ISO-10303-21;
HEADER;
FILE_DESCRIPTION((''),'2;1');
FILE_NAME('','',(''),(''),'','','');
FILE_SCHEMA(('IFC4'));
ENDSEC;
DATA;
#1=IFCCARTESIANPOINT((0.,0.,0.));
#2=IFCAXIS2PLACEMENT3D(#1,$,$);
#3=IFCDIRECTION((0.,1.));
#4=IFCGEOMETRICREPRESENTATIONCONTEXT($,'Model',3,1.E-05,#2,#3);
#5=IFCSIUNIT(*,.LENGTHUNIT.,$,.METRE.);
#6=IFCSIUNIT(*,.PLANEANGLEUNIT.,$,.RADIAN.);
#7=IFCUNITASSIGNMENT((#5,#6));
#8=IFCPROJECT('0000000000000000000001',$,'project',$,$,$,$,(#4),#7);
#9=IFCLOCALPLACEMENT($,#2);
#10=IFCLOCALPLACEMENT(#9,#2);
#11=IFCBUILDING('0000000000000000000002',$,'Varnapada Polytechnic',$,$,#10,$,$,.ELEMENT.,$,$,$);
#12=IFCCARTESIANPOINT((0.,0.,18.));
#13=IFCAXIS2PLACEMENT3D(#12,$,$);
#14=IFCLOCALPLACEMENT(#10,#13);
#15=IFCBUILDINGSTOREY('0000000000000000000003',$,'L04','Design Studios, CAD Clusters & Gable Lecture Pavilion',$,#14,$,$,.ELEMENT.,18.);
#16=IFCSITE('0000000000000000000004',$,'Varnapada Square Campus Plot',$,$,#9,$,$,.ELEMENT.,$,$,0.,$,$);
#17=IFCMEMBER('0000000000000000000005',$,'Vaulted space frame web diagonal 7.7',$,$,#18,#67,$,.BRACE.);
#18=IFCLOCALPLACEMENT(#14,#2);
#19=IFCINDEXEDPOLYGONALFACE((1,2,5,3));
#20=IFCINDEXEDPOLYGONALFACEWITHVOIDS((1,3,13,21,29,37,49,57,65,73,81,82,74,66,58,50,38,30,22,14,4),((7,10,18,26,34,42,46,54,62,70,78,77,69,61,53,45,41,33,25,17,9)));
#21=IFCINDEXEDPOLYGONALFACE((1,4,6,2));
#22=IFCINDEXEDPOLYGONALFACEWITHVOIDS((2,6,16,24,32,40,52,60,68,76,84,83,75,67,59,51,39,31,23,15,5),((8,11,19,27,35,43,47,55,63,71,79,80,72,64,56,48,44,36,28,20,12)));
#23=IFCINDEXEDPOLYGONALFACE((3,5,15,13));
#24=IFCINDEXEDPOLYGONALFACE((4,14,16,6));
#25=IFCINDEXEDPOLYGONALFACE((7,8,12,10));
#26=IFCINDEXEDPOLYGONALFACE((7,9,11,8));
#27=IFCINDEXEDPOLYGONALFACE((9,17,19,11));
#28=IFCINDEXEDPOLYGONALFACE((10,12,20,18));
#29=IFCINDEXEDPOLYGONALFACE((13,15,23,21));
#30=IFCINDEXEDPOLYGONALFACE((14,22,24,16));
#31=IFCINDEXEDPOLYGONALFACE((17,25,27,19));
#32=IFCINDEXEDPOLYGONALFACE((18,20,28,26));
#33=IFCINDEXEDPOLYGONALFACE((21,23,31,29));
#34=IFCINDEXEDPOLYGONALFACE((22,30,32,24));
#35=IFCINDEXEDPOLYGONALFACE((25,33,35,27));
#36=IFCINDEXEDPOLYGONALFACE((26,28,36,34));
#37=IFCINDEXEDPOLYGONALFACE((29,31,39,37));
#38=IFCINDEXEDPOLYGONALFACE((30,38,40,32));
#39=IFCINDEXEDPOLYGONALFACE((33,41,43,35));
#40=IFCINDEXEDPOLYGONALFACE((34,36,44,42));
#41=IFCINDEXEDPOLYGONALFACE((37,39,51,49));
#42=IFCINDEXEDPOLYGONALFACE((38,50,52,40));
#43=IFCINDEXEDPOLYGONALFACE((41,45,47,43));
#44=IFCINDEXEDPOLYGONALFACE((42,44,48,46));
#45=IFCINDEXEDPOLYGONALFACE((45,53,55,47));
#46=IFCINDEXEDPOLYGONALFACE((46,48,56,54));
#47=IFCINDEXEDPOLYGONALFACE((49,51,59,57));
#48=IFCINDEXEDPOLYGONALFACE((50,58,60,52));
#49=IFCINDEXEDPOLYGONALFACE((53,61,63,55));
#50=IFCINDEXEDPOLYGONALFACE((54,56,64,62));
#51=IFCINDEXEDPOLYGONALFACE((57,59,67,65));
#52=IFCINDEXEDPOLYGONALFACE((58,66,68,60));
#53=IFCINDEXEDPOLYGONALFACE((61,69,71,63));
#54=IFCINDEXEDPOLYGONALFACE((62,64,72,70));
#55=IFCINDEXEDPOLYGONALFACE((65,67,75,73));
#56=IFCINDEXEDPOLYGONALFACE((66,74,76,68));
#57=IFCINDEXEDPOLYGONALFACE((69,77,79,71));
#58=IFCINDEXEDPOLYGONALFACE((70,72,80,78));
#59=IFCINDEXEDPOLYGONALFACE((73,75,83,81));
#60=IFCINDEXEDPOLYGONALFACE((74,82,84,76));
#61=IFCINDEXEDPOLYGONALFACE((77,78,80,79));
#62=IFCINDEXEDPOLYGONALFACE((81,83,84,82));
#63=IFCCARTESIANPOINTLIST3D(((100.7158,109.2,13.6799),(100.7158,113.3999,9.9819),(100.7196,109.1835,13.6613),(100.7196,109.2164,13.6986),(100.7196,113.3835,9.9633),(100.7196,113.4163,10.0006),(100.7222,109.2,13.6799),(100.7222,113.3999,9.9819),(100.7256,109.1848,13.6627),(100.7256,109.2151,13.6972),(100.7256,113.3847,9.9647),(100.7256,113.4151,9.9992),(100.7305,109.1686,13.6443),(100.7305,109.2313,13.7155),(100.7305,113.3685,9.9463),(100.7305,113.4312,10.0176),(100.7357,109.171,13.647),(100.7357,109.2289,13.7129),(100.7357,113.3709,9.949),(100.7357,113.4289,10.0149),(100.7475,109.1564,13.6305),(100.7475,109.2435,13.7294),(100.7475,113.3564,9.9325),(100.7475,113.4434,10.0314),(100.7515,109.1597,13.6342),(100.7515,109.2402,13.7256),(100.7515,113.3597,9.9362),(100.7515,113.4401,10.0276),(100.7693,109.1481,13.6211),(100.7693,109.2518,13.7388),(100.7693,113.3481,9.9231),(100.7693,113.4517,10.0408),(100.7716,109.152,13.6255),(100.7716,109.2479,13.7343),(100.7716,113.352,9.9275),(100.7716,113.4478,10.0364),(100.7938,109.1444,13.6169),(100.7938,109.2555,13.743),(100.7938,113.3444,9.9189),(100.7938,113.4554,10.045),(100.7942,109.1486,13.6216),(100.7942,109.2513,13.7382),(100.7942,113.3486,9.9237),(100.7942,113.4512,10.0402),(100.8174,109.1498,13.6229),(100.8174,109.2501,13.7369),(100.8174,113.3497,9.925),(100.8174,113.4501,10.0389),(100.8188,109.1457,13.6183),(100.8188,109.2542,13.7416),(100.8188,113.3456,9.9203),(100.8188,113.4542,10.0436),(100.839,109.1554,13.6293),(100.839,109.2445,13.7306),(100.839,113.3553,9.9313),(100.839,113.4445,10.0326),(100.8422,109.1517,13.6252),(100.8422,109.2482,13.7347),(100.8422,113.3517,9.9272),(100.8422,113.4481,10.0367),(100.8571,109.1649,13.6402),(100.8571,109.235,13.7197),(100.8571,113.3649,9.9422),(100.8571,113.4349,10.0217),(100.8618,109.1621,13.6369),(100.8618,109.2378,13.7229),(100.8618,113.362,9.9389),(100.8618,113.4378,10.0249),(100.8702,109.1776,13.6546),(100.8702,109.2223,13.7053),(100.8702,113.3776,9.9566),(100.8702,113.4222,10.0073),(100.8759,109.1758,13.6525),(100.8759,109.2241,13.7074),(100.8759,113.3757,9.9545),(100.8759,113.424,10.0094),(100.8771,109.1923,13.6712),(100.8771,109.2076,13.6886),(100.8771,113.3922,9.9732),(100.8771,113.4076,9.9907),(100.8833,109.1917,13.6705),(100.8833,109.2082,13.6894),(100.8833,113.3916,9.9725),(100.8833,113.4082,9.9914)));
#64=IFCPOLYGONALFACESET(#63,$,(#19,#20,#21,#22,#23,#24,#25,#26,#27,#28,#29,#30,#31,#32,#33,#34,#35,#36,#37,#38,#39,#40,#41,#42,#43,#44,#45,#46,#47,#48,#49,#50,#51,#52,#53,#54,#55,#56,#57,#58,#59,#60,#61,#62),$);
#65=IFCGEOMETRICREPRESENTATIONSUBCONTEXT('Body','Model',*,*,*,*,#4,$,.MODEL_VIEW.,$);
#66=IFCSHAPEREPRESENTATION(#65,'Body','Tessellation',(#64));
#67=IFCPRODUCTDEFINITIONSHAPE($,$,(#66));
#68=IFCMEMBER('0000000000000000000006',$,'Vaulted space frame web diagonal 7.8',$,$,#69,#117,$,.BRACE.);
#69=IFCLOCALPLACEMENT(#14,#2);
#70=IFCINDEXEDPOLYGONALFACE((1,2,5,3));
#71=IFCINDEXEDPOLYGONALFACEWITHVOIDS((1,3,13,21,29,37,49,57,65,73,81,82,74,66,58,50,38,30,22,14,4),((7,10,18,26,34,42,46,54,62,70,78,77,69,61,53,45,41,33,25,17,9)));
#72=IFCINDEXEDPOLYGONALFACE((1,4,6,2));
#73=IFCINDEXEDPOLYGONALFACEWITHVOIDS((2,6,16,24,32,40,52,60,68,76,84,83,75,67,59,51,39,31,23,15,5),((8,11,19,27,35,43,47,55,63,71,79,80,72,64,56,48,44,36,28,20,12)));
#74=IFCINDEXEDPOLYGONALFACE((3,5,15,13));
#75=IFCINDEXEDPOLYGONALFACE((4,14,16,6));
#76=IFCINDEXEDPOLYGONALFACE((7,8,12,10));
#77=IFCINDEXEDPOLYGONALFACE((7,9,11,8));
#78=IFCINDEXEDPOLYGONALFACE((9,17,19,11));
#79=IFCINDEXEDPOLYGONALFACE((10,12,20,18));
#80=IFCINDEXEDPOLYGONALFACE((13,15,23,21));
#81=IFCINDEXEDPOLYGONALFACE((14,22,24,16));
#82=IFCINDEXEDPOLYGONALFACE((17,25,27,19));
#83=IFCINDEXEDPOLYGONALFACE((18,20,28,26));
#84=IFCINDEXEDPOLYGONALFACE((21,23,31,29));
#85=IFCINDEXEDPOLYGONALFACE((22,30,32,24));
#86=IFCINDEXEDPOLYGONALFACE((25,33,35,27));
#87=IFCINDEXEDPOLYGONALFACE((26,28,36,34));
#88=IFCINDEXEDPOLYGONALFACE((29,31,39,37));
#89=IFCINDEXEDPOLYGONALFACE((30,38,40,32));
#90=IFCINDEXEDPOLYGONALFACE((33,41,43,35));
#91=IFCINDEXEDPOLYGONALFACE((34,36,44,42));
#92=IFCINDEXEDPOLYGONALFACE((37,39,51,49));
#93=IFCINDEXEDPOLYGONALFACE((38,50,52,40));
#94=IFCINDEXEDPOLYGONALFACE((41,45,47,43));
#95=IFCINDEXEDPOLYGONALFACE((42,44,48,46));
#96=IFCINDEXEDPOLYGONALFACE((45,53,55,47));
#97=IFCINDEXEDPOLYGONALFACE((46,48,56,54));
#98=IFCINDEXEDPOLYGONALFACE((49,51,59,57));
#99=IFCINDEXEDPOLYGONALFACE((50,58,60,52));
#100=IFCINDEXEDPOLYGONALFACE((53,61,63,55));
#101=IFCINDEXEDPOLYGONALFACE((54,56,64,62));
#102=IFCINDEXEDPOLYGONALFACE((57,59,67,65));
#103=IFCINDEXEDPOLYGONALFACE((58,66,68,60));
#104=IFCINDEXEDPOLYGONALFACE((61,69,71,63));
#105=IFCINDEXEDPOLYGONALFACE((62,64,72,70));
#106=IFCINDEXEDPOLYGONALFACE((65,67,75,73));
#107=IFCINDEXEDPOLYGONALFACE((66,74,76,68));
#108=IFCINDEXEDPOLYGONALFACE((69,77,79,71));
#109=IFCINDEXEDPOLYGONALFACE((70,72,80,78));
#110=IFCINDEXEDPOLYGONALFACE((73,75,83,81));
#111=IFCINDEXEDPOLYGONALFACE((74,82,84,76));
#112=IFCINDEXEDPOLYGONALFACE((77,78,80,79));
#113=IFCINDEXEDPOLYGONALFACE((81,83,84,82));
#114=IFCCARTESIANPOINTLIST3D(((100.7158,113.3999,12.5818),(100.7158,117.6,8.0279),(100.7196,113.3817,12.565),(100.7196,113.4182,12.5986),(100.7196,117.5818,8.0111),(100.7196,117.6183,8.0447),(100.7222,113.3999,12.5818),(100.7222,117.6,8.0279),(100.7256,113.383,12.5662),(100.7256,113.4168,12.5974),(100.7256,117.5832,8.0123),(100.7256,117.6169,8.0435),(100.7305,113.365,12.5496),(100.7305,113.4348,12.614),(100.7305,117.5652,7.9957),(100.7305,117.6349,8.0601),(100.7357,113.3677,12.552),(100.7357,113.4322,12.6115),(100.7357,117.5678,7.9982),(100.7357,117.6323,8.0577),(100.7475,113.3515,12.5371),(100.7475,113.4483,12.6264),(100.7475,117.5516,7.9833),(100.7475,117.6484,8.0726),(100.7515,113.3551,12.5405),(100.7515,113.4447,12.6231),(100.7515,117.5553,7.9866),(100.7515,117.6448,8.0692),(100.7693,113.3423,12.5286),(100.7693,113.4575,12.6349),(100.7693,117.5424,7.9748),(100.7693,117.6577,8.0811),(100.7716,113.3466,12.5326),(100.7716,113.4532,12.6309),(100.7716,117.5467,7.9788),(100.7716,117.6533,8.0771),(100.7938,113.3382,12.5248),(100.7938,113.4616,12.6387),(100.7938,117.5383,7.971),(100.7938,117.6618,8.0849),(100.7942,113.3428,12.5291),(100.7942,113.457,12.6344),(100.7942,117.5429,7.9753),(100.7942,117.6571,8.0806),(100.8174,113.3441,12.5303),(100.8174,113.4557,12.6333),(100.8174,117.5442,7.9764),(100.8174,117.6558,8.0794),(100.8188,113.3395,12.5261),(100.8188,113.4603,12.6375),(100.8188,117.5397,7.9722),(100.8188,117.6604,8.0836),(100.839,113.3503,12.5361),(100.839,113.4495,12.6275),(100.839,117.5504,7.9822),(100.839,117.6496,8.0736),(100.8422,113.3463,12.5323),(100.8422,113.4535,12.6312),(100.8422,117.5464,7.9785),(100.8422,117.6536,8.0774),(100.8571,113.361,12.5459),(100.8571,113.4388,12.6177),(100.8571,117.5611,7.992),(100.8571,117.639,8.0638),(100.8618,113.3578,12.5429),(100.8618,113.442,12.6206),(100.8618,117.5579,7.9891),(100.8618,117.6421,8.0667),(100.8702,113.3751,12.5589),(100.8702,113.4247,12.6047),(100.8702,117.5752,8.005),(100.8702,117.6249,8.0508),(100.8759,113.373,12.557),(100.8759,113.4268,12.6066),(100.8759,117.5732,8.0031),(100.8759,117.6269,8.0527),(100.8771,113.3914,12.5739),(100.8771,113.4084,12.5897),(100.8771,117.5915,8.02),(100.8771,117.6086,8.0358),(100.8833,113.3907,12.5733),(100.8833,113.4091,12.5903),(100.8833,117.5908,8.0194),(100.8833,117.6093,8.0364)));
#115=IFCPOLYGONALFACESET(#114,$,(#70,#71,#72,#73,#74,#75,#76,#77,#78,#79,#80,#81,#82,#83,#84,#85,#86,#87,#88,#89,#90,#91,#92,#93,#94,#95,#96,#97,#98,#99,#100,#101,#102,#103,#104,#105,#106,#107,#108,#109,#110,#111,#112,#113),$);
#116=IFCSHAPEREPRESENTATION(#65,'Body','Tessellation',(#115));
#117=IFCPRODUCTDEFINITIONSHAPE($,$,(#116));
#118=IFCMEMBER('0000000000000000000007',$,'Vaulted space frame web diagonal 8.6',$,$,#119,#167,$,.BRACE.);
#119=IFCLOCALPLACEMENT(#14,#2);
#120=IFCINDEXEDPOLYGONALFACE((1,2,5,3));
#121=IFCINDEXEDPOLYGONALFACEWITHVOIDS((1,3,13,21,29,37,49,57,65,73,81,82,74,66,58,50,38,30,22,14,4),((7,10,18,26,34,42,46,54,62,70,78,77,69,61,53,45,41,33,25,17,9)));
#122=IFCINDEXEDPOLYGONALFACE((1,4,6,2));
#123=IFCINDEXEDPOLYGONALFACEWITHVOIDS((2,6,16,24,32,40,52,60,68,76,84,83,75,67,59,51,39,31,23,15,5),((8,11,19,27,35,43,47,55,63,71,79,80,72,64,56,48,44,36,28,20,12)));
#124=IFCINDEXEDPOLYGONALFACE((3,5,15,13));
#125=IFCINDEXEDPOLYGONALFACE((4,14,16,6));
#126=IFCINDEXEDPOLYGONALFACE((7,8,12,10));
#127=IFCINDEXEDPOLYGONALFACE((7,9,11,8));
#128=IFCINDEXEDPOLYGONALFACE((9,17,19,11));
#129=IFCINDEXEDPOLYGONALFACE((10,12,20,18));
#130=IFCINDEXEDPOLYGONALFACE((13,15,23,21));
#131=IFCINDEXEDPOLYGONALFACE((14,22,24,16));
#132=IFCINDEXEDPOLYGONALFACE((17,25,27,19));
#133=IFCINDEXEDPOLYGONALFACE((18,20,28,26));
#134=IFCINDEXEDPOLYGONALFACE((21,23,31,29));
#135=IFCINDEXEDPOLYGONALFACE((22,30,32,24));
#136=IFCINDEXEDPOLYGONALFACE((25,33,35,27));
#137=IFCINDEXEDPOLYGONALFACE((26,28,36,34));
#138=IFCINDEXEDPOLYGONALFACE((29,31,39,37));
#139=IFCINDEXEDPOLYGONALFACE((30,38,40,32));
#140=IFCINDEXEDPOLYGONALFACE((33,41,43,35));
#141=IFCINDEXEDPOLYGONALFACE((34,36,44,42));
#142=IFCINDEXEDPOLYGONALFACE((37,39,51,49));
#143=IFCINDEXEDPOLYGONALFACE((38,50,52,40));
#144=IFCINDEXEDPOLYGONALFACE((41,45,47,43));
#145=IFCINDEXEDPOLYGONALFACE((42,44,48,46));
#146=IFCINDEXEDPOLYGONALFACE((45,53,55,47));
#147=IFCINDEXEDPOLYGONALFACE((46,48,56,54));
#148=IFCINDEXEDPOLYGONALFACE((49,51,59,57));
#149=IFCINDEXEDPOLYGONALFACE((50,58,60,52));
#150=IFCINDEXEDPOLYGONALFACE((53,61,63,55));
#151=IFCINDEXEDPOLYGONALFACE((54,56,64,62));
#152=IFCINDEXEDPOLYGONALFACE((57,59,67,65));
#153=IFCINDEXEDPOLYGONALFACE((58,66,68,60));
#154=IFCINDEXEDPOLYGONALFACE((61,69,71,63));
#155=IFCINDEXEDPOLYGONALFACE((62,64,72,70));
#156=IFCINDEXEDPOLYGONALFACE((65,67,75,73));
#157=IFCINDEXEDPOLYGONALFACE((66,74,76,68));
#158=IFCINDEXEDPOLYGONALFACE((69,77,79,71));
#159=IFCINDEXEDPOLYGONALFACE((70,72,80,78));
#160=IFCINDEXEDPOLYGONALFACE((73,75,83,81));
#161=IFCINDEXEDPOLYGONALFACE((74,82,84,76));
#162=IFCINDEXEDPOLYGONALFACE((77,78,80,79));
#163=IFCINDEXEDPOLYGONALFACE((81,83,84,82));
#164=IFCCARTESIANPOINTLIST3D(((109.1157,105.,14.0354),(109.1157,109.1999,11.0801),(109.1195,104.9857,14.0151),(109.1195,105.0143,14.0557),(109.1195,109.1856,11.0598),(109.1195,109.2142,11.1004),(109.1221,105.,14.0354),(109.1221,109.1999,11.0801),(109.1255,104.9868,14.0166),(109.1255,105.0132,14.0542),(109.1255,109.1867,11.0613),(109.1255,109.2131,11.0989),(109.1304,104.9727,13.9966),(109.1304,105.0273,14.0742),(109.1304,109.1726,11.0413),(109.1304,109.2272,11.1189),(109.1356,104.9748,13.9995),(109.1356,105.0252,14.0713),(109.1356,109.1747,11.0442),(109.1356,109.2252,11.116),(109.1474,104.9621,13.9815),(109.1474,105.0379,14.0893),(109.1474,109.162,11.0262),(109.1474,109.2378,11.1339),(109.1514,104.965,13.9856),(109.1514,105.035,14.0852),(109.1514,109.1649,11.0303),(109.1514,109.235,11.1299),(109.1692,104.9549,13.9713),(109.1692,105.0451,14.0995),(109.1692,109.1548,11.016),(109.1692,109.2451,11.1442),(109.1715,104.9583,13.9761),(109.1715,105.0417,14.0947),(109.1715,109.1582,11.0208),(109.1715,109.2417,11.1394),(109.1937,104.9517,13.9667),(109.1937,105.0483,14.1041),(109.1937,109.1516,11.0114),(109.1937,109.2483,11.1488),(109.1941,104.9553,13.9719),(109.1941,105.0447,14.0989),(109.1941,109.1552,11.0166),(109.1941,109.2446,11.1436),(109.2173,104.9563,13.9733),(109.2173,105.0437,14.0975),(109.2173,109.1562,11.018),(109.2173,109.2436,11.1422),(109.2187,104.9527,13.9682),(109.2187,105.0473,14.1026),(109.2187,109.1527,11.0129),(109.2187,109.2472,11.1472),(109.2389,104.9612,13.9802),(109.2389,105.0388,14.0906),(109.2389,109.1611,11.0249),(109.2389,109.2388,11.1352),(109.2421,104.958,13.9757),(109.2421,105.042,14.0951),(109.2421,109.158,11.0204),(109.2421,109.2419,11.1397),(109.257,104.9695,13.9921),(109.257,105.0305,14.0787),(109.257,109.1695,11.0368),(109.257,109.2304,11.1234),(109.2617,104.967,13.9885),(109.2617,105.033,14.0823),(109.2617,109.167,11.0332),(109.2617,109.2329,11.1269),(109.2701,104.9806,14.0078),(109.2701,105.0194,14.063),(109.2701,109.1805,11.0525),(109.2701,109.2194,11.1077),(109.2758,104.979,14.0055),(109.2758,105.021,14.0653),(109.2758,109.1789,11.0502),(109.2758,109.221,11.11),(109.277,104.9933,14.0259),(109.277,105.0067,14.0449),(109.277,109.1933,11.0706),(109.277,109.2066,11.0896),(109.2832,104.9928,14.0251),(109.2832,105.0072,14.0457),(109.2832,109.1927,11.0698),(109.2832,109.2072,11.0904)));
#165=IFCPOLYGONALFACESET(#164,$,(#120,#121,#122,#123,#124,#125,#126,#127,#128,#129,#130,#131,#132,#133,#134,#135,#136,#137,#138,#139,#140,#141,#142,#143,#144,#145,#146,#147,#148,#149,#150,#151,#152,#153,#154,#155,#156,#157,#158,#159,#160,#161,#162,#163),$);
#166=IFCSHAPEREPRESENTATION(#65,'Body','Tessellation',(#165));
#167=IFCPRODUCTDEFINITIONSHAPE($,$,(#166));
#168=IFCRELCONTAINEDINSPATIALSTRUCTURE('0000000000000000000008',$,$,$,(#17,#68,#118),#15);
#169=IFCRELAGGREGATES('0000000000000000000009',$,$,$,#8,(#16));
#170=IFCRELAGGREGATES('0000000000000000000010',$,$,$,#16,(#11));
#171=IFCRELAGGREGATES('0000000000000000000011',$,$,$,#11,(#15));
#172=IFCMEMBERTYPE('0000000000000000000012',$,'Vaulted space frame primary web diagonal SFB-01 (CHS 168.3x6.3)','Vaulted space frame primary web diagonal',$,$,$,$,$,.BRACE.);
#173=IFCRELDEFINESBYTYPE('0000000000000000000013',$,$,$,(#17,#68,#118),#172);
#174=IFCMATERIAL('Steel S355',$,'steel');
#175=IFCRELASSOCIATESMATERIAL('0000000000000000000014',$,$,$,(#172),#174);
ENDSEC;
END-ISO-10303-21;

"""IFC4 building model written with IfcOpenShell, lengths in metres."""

from ifc_helpers import new_model, si_unit, direction, frame, origin, origin_2d, place, context, subcontext, project, spatial, hollow_circle, extrude, material, material_profile, profile_set, type_object, element, save


model = new_model("IFC4")

# Units and contexts
model_context = context("Model", 3, precision=1e-05, world=origin(), true_north=direction((0.0, 1.0)))
body_context = subcontext(model_context, "Body", "Model", "MODEL_VIEW")
ifc_project = project(units=[si_unit("LENGTHUNIT", "METRE"), si_unit("PLANEANGLEUNIT", "RADIAN")], contexts=[model_context])

# Site, building, storey
site_placement = place(None, origin())
site = spatial("IfcSite", under=ifc_project, at=site_placement, Name="Varnapada Square Campus Plot", CompositionType="ELEMENT", RefElevation=0.0)
building_placement = place(site_placement, origin())
building = spatial("IfcBuilding", under=site, at=building_placement, Name="Varnapada Polytechnic", CompositionType="ELEMENT")
storey_placement = place(building_placement, frame((0.0, 0.0, 18.0)))
storey = spatial("IfcBuildingStorey", under=building, at=storey_placement, Name="L04", Description="Design Studios, CAD Clusters & Gable Lecture Pavilion", CompositionType="ELEMENT", Elevation=18.0)

# Shared definitions
ifc_material = material(Name="Steel S355", Category="steel")

# Members
ifc_material_profile_1 = material_profile(ifc_material, hollow_circle(Radius=0.0842, WallThickness=0.0063, at=origin_2d()), Name="CHS 168.3x6.3")
ifc_profile_set_1 = profile_set([ifc_material_profile_1], Name="Steel S355")
member_type_1 = type_object("IfcMemberType", Name="Vaulted space frame primary web diagonal SFB-01 (CHS 168.3x6.3)", Description="Vaulted space frame primary web diagonal", PredefinedType="BRACE", material=ifc_profile_set_1)
member_1_placement = place(storey_placement, frame((100.8, 109.2, 13.6799), z_axis=(0.0, 0.750533, -0.660833), x_axis=(-1.0, 0.0, 0.0)))
element("IfcMember", 1, at=member_1_placement, inside=storey, type_object=member_type_1, Name="Vaulted space frame web diagonal 7.7", PredefinedType="BRACE", context=body_context, shape_type="SweptSolid", body=[
    extrude(hollow_circle(Radius=0.0842, WallThickness=0.0063, at=origin_2d()), origin(), (0.0, 0.0, 1.0), 5.5959),
])
member_2_placement = place(storey_placement, frame((100.8, 113.3999, 12.5818), z_axis=(0.0, 0.677979, -0.735081), x_axis=(-1.0, 0.0, 0.0)))
element("IfcMember", 2, at=member_2_placement, inside=storey, type_object=member_type_1, Name="Vaulted space frame web diagonal 7.8", PredefinedType="BRACE", context=body_context, shape_type="SweptSolid", body=[
    extrude(hollow_circle(Radius=0.0842, WallThickness=0.0063, at=origin_2d()), origin(), (0.0, 0.0, 1.0), 6.1951),
])
member_3_placement = place(storey_placement, frame((109.2, 105.0, 14.0354), z_axis=(0.0, 0.817825, -0.575467), x_axis=(-1.0, 0.0, 0.0)))
element("IfcMember", 3, at=member_3_placement, inside=storey, type_object=member_type_1, Name="Vaulted space frame web diagonal 8.6", PredefinedType="BRACE", context=body_context, shape_type="SweptSolid", body=[
    extrude(hollow_circle(Radius=0.0842, WallThickness=0.0063, at=origin_2d()), origin(), (0.0, 0.0, 1.0), 5.1355),
])

save(model, "model.ifc")
